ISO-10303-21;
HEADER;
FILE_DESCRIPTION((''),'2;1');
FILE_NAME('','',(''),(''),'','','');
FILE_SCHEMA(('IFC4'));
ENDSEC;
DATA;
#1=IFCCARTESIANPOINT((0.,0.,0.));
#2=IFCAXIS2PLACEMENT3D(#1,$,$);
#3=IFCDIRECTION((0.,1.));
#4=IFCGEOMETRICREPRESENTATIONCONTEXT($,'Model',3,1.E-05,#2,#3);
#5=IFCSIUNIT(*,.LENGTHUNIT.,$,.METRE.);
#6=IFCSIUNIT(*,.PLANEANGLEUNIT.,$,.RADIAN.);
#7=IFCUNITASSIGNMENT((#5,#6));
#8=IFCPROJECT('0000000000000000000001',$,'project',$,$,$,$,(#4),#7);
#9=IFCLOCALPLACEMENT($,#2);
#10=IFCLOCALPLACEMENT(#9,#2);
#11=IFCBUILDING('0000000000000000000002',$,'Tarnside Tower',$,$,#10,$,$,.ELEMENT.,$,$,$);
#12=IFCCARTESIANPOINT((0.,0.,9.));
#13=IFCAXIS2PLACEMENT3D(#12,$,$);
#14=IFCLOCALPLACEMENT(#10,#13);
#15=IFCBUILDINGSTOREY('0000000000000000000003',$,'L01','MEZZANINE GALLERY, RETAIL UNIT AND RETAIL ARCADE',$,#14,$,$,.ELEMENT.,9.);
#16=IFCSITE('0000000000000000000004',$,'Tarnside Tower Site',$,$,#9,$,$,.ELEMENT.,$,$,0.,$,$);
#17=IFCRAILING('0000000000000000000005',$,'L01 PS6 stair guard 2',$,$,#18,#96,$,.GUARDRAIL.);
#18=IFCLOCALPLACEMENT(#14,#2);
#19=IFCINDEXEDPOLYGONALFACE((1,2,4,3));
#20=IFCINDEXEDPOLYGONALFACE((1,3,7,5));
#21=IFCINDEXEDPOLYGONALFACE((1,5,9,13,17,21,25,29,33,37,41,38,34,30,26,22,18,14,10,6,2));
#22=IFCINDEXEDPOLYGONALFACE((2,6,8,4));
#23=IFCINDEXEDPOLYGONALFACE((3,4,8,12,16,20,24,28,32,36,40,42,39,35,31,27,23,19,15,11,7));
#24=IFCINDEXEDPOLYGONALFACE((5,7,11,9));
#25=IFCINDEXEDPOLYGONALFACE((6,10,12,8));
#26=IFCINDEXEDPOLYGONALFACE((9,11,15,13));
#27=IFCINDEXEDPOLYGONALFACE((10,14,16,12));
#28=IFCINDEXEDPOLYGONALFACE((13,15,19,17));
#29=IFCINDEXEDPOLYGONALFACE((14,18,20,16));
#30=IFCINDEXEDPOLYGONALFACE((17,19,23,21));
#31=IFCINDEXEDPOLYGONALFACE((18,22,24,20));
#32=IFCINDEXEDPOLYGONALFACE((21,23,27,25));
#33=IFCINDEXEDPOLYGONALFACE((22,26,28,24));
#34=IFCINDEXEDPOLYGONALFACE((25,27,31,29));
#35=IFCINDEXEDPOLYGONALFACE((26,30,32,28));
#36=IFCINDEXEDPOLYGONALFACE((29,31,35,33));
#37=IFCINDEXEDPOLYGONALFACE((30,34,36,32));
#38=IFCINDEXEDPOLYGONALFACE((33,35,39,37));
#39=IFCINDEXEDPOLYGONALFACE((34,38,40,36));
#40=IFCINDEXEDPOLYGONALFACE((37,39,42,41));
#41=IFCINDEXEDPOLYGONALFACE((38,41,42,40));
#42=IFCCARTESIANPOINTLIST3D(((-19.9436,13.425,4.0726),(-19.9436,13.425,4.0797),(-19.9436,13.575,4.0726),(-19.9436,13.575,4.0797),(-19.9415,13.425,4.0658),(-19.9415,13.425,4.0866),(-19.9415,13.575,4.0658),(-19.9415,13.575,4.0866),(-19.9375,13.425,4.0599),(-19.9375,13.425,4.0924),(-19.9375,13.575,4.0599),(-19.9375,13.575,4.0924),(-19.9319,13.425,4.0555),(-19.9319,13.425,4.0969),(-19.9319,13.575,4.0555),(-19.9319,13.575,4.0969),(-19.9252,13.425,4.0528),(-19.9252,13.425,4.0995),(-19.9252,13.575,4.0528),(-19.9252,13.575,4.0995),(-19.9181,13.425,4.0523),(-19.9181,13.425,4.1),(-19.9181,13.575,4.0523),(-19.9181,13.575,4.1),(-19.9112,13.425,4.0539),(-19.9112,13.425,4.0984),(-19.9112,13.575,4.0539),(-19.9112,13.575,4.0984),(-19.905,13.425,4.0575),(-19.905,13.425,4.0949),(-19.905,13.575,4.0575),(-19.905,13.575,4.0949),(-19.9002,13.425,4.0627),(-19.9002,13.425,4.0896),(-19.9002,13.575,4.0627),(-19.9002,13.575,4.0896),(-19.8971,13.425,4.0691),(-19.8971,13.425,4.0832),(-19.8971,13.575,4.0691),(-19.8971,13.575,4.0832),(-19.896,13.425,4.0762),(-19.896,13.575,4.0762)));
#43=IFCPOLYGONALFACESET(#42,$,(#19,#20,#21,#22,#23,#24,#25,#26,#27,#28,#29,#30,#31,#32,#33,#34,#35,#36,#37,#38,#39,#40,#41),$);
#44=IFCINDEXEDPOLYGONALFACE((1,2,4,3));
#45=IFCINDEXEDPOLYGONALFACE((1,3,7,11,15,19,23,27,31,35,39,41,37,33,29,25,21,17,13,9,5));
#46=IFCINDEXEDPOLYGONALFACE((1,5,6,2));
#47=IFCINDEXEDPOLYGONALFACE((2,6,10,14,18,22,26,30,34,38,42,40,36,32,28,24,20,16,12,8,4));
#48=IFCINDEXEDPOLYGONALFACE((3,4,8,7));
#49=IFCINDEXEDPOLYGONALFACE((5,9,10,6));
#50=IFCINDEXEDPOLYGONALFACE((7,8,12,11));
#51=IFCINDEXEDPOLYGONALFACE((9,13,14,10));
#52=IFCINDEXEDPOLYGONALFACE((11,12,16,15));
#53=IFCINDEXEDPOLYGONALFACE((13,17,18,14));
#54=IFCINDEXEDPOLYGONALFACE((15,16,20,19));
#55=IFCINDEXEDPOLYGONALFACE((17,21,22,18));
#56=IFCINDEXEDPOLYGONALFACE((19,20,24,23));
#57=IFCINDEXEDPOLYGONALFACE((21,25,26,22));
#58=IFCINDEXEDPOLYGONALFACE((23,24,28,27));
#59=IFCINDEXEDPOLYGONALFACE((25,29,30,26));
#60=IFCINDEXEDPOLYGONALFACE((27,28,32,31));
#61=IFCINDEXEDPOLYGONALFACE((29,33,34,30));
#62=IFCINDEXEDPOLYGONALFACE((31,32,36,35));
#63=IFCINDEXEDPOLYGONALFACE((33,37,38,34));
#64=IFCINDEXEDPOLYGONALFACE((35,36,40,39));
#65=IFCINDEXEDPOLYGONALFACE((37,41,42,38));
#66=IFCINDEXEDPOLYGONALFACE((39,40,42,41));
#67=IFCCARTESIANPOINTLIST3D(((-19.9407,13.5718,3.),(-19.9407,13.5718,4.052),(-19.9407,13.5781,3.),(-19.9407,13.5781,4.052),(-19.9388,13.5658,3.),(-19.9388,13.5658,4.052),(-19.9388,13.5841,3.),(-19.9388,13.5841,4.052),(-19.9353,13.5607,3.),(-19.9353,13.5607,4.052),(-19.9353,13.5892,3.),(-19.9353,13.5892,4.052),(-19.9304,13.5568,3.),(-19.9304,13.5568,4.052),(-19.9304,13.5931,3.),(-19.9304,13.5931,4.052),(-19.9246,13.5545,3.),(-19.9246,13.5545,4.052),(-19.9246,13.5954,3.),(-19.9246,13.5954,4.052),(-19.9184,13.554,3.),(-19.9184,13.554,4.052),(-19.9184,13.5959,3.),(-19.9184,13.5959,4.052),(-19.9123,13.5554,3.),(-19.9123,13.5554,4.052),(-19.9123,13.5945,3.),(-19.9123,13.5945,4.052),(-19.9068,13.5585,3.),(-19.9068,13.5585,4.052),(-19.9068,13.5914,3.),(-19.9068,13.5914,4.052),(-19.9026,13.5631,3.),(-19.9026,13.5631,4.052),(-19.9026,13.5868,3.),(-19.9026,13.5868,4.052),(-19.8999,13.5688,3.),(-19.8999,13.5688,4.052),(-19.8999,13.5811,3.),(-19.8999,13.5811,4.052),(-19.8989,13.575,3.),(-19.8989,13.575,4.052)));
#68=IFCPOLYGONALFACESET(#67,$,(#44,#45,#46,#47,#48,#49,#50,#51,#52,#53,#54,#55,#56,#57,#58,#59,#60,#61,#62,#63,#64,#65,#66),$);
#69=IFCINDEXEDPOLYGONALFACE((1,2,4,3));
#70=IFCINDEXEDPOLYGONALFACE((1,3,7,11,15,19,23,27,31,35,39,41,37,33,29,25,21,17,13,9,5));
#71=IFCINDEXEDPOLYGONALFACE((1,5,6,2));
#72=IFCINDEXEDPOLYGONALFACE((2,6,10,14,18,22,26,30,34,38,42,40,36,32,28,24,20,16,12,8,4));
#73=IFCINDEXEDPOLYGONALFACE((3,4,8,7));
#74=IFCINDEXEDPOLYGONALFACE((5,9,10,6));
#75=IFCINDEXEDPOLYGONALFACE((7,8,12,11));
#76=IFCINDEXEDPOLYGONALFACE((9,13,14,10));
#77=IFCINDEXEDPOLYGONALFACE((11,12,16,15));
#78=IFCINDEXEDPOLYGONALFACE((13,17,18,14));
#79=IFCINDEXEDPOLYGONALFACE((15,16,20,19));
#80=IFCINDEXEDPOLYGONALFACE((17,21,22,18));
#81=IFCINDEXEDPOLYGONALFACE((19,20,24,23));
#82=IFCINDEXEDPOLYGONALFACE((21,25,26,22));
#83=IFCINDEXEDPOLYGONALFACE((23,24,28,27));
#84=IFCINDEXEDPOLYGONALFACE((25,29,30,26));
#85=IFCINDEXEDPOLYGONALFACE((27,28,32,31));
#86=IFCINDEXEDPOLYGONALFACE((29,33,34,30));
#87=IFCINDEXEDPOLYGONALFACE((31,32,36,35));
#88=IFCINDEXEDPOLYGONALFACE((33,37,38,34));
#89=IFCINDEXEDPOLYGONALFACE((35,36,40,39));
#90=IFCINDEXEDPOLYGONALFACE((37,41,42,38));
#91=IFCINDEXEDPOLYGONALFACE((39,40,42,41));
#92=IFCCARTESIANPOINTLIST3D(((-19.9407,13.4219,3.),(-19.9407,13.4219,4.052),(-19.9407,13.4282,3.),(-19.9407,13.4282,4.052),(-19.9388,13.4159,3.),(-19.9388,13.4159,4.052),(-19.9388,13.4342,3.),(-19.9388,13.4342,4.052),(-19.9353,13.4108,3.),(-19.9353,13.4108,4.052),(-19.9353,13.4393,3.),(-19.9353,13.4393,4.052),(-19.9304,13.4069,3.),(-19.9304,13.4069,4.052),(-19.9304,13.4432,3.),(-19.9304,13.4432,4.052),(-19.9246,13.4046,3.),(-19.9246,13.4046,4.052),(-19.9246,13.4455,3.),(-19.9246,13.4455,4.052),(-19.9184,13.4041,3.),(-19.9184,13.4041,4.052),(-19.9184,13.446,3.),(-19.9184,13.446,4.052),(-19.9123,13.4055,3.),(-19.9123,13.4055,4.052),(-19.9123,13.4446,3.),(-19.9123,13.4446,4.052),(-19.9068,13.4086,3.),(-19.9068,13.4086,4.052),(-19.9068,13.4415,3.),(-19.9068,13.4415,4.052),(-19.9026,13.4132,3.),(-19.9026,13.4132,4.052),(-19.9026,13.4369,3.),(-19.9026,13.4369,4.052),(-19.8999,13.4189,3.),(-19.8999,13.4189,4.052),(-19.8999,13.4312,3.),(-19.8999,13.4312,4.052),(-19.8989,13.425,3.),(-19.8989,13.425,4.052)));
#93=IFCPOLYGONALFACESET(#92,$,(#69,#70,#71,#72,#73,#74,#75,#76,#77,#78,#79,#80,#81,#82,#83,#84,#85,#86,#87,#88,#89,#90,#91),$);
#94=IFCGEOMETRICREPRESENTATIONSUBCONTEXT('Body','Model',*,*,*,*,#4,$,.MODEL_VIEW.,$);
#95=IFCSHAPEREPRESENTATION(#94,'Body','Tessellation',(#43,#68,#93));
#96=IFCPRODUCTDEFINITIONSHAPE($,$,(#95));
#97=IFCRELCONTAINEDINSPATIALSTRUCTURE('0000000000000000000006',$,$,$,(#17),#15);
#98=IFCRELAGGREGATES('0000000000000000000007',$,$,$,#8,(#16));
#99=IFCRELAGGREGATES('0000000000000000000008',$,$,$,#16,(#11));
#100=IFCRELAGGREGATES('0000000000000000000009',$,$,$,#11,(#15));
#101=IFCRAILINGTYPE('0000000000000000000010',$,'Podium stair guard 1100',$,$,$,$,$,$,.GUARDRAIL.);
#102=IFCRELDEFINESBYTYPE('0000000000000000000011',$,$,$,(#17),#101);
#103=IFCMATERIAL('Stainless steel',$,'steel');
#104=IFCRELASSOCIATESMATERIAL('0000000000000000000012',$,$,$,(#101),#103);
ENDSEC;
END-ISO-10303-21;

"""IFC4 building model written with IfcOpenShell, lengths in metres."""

from ifc_helpers import new_model, si_unit, direction, frame, origin, origin_2d, place, context, subcontext, project, spatial, circle, extrude, material, type_object, element, save


model = new_model("IFC4")

# Units and contexts
model_context = context("Model", 3, precision=1e-05, world=origin(), true_north=direction((0.0, 1.0)))
body_context = subcontext(model_context, "Body", "Model", "MODEL_VIEW")
ifc_project = project(units=[si_unit("LENGTHUNIT", "METRE"), si_unit("PLANEANGLEUNIT", "RADIAN")], contexts=[model_context])

# Site, building, storey
site_placement = place(None, origin())
site = spatial("IfcSite", under=ifc_project, at=site_placement, Name="Tarnside Tower Site", CompositionType="ELEMENT", RefElevation=0.0)
building_placement = place(site_placement, origin())
building = spatial("IfcBuilding", under=site, at=building_placement, Name="Tarnside Tower", CompositionType="ELEMENT")
storey_placement = place(building_placement, frame((0.0, 0.0, 9.0)))
storey = spatial("IfcBuildingStorey", under=building, at=storey_placement, Name="L01", Description="MEZZANINE GALLERY, RETAIL UNIT AND RETAIL ARCADE", CompositionType="ELEMENT", Elevation=9.0)

# Railing
ifc_material_1 = material(Name="Stainless steel", Category="steel")
railing_type_1 = type_object("IfcRailingType", Name="Podium stair guard 1100", PredefinedType="GUARDRAIL", material=ifc_material_1)
railing_1_placement = place(storey_placement, frame((-19.9199, 13.575, 3.0)))
element("IfcRailing", 1, at=railing_1_placement, inside=storey, type_object=railing_type_1, Name="L01 PS6 stair guard 2", PredefinedType="GUARDRAIL", context=body_context, shape_type="SweptSolid", body=[
    extrude(circle(Radius=0.0239, at=origin_2d()), frame((0.0, 0.0, 1.0762), z_axis=(0.0, -1.0, 0.0), x_axis=(1.0, 0.0, 0.0)), (0.0, 0.0, 1.0), 0.1499),
    extrude(circle(Radius=0.021, at=origin_2d()), origin(), (0.0, 0.0, 1.0), 1.052),
    extrude(circle(Radius=0.021, at=origin_2d()), frame((0.0, -0.1499, 0.0)), (0.0, 0.0, 1.0), 1.052),
])

save(model, "model.ifc")
